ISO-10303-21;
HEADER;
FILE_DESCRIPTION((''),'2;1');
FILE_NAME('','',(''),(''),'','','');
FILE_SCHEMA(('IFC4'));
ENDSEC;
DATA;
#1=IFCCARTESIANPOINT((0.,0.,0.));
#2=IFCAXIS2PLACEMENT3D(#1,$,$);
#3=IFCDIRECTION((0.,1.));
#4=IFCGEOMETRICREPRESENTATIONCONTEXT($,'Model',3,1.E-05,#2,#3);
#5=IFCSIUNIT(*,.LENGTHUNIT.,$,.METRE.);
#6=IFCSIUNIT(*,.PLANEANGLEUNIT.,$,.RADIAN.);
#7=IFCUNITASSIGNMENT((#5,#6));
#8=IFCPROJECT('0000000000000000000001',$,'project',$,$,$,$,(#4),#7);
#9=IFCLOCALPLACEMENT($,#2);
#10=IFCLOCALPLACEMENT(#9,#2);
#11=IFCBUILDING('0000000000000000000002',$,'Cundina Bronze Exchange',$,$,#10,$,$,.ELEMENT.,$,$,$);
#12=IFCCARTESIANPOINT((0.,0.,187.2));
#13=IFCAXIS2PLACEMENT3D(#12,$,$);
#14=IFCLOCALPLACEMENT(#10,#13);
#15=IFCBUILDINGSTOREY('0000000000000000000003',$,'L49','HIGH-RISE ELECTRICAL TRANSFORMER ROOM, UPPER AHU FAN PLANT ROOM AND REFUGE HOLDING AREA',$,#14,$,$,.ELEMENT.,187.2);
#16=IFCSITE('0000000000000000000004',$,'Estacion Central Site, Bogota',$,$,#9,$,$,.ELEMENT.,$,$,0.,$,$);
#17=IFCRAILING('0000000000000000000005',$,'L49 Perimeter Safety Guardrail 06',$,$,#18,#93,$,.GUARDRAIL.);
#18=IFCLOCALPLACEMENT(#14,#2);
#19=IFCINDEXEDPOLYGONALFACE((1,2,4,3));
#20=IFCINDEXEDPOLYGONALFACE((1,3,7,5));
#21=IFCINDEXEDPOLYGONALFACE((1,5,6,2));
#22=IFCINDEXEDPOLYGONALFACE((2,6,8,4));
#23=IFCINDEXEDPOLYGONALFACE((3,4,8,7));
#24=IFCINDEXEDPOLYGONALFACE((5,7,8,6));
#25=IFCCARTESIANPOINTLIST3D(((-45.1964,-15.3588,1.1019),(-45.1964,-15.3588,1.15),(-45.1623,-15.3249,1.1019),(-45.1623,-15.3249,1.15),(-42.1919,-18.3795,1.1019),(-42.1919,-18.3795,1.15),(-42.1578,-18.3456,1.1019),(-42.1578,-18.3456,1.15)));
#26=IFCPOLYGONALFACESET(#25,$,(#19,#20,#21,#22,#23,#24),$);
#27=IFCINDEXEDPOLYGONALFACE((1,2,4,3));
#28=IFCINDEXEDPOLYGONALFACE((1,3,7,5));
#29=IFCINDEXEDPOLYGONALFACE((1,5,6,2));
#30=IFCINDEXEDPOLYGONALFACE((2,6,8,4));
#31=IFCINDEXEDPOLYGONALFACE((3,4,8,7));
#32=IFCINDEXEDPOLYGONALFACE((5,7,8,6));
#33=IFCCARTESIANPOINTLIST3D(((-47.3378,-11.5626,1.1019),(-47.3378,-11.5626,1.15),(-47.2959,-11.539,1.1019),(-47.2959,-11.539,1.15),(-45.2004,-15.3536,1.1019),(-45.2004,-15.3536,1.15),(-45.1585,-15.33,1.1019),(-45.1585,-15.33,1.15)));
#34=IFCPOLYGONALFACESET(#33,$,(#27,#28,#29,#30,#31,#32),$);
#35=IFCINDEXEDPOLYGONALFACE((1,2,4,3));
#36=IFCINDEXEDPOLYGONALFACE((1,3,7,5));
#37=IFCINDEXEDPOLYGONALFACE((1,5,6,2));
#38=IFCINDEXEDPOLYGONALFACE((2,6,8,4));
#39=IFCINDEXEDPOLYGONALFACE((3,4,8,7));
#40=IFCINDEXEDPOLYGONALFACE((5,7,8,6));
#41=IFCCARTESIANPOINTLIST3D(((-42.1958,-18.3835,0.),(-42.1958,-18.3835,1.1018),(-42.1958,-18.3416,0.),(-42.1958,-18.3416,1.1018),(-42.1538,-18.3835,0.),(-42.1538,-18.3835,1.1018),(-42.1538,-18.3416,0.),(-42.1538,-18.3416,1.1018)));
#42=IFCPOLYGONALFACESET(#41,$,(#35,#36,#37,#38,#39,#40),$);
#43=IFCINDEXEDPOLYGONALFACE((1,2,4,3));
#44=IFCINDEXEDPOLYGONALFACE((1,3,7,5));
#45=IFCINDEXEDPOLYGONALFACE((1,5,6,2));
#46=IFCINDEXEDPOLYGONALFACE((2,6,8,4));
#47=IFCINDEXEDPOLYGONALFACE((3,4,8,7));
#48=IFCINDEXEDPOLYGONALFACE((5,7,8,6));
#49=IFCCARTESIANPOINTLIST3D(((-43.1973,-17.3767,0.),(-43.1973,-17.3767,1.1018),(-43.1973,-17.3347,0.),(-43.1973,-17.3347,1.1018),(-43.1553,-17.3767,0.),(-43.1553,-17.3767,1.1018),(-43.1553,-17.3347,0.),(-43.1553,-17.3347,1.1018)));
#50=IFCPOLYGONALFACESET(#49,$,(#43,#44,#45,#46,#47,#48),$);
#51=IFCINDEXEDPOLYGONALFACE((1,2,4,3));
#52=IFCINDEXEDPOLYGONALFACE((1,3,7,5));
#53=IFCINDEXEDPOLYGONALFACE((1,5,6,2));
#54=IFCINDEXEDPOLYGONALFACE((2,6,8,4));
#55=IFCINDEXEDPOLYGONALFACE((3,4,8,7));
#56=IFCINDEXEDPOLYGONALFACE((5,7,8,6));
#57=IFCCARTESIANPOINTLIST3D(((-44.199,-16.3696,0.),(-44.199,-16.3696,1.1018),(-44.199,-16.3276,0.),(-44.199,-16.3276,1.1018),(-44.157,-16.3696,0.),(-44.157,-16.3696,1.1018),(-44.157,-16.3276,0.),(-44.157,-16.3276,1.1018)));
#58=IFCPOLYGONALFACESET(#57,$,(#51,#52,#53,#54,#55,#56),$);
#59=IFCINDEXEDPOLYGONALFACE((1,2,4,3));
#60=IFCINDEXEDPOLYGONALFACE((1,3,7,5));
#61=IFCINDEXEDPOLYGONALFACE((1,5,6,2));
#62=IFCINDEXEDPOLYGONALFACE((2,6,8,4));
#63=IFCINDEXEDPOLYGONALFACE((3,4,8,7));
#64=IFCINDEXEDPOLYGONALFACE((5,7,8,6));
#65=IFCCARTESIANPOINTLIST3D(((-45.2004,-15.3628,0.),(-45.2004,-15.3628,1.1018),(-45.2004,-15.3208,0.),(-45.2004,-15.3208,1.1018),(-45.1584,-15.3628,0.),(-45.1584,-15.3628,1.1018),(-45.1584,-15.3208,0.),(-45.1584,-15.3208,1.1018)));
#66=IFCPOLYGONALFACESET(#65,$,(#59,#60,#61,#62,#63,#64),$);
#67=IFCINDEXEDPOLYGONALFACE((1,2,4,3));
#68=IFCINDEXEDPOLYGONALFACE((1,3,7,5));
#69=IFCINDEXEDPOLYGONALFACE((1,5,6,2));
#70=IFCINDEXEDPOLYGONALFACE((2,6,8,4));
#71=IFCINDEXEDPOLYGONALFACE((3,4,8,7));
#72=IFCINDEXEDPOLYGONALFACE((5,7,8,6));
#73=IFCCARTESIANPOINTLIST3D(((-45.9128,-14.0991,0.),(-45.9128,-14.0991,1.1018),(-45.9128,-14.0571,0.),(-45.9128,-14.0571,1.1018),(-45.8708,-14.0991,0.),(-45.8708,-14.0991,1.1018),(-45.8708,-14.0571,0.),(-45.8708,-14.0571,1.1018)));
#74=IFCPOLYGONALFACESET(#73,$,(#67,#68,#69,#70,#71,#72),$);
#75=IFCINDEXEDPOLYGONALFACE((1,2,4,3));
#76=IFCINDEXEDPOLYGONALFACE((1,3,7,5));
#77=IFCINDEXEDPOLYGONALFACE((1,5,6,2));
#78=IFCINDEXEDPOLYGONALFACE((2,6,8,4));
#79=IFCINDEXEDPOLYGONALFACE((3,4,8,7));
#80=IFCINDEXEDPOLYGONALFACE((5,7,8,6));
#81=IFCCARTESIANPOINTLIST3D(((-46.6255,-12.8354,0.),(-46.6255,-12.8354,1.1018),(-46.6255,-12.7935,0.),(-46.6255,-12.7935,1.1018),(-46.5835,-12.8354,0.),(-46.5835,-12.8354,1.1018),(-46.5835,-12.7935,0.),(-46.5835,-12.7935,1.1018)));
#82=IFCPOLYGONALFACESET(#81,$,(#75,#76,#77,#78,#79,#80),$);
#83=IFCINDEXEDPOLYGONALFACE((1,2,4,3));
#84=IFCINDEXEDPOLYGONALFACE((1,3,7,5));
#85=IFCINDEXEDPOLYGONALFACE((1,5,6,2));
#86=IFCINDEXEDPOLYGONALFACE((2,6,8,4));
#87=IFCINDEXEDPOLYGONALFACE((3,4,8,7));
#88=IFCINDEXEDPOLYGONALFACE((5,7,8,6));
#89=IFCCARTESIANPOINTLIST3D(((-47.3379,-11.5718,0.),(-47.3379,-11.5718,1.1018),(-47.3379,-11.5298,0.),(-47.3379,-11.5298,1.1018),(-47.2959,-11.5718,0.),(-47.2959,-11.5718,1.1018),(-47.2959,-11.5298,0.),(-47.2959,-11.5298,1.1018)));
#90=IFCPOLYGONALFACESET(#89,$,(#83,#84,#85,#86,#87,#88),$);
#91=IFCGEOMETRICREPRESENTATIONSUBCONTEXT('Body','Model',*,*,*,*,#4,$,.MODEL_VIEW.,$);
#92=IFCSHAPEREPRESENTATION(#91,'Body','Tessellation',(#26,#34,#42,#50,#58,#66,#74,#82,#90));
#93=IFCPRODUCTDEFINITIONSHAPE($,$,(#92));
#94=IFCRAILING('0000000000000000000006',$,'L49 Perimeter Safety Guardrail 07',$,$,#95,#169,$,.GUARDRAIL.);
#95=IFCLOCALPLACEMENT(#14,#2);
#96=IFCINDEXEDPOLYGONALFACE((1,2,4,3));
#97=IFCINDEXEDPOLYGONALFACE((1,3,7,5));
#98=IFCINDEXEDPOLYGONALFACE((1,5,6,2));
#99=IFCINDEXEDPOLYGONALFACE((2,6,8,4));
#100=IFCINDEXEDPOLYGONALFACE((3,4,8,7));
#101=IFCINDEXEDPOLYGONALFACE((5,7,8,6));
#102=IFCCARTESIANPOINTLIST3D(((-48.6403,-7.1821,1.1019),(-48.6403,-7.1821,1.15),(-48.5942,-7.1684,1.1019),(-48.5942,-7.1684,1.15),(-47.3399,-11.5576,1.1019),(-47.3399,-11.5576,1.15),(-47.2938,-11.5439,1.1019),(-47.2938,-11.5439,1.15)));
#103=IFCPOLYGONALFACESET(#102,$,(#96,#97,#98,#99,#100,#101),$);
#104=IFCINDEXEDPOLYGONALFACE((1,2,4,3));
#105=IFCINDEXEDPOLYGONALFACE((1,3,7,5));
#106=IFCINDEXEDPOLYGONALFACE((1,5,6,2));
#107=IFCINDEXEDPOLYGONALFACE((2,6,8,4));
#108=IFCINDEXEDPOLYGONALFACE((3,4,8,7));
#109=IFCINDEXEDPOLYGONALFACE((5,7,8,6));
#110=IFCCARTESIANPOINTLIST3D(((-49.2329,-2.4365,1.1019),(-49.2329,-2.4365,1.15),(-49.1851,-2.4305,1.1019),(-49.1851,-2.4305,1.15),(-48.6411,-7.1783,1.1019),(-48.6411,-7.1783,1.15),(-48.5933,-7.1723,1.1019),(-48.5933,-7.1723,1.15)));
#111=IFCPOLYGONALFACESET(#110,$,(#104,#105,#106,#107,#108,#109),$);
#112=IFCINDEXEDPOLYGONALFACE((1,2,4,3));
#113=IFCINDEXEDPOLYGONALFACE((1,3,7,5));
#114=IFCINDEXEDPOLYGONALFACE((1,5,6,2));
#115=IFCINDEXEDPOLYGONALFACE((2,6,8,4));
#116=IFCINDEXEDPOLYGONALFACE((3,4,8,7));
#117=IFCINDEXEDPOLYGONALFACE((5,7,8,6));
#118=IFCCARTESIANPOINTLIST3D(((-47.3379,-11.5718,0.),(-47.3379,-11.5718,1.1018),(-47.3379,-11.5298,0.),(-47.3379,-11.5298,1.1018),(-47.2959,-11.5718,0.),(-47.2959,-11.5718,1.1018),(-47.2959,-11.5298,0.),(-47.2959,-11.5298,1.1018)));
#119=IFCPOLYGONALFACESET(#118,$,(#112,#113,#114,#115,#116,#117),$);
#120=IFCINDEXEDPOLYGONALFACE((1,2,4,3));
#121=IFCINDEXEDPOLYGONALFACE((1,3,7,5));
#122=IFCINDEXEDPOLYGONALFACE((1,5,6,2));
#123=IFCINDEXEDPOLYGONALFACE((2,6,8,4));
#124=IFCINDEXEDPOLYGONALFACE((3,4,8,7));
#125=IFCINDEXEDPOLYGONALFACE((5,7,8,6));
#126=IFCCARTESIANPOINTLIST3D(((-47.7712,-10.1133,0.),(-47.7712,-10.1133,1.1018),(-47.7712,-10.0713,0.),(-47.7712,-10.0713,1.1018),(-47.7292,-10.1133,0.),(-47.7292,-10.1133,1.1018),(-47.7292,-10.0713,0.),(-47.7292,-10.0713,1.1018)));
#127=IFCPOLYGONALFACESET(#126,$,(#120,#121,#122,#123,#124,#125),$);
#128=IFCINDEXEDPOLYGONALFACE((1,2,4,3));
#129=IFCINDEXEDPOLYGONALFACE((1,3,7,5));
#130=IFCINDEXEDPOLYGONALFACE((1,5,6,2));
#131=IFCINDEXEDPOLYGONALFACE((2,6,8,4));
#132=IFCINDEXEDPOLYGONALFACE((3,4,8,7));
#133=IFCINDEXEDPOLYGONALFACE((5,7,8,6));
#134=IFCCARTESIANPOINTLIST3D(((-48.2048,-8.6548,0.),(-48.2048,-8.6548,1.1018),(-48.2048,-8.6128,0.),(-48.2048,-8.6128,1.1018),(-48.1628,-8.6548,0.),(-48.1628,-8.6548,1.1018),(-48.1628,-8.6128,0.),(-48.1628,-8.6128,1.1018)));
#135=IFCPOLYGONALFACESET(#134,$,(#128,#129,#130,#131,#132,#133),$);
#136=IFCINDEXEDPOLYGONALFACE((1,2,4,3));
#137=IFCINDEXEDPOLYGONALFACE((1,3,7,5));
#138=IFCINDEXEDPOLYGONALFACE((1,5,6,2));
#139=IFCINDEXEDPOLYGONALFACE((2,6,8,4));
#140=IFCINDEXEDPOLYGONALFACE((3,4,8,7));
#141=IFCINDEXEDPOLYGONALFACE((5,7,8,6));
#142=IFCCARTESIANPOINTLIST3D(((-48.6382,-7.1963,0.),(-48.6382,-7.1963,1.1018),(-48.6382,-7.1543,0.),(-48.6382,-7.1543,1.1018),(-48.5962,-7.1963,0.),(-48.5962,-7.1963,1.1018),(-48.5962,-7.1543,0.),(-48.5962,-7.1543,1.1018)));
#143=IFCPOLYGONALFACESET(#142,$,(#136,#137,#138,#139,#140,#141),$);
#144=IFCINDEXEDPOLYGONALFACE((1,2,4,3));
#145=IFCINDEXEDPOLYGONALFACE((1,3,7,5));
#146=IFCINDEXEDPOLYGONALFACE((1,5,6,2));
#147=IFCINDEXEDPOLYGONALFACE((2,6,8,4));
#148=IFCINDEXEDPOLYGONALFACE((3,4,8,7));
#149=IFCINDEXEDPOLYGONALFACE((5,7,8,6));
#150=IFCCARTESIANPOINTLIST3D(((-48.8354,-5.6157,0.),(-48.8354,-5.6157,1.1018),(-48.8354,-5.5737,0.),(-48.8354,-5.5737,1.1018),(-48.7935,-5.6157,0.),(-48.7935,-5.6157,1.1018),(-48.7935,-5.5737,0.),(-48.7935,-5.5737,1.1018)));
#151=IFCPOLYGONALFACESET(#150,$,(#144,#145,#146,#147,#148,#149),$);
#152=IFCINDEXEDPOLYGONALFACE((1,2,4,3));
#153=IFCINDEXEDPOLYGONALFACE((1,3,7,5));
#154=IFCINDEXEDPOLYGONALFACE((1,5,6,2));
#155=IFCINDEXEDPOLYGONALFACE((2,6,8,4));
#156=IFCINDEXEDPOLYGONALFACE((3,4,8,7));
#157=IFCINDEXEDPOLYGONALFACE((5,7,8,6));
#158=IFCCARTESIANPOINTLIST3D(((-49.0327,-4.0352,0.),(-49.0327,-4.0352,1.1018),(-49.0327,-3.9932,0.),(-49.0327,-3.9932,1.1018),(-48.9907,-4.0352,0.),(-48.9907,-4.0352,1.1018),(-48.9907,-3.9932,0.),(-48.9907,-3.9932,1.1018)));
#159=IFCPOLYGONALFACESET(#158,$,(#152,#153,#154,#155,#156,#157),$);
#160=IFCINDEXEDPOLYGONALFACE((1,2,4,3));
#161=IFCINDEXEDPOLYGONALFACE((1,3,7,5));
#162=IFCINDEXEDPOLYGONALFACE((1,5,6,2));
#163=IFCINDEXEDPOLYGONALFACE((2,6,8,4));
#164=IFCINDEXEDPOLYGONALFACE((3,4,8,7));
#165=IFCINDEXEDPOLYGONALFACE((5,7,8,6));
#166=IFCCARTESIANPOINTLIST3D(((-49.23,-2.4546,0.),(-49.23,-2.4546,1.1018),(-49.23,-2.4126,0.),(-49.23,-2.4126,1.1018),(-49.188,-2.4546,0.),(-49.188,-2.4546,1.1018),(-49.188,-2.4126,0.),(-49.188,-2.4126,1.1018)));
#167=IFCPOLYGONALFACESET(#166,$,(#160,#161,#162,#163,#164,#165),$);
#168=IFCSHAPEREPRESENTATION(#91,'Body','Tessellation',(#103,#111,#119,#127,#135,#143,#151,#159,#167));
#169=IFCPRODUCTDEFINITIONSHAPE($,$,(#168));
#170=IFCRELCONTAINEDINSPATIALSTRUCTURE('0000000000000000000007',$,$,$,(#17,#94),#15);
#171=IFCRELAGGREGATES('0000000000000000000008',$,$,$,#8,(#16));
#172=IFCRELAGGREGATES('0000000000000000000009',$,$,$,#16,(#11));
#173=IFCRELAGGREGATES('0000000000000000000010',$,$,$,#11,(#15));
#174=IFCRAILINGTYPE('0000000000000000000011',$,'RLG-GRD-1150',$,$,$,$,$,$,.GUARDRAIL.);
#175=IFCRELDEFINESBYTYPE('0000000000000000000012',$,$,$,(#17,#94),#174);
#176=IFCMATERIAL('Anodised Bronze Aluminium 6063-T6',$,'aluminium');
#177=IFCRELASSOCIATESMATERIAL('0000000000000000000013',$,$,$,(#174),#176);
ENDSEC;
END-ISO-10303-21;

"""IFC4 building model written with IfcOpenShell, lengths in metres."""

from ifc_helpers import new_model, si_unit, direction, frame, origin, origin_2d, place, context, subcontext, project, spatial, rectangle, extrude, material, type_object, element, save


model = new_model("IFC4")

# Units and contexts
model_context = context("Model", 3, precision=1e-05, world=origin(), true_north=direction((0.0, 1.0)))
body_context = subcontext(model_context, "Body", "Model", "MODEL_VIEW")
ifc_project = project(units=[si_unit("LENGTHUNIT", "METRE"), si_unit("PLANEANGLEUNIT", "RADIAN")], contexts=[model_context])

# Site, building, storey
site_placement = place(None, origin())
site = spatial("IfcSite", under=ifc_project, at=site_placement, Name="Estacion Central Site, Bogota", CompositionType="ELEMENT", RefElevation=0.0)
building_placement = place(site_placement, origin())
building = spatial("IfcBuilding", under=site, at=building_placement, Name="Cundina Bronze Exchange", CompositionType="ELEMENT")
storey_placement = place(building_placement, frame((0.0, 0.0, 187.2)))
storey = spatial("IfcBuildingStorey", under=building, at=storey_placement, Name="L49", Description="HIGH-RISE ELECTRICAL TRANSFORMER ROOM, UPPER AHU FAN PLANT ROOM AND REFUGE HOLDING AREA", CompositionType="ELEMENT", Elevation=187.2)

# Shared definitions
ifc_material_1 = material(Name="Anodised Bronze Aluminium 6063-T6", Category="aluminium")

# Railings
railing_type = type_object("IfcRailingType", Name="RLG-GRD-1150", PredefinedType="GUARDRAIL", material=ifc_material_1)
railing_1_placement = place(storey_placement, frame((-42.1748, -18.3625, 0.0)))
element("IfcRailing", 1, at=railing_1_placement, inside=storey, type_object=railing_type, Name="L49 Perimeter Safety Guardrail 06", PredefinedType="GUARDRAIL", context=body_context, shape_type="SweptSolid", body=[
    extrude(rectangle(XDim=0.0481, YDim=0.0481, at=origin_2d()), frame((0.0, 0.0, 1.126), z_axis=(-0.705213, 0.708995, 0.0), x_axis=(-0.708995, -0.705213, 0.0)), (0.0, 0.0, 1.0), 4.2605),
    extrude(rectangle(XDim=0.0481, YDim=0.0481, at=origin_2d()), frame((-3.0046, 3.0208, 1.126), z_axis=(-0.491135, 0.871084, 0.0), x_axis=(-0.871084, -0.491135, 0.0)), (0.0, 0.0, 1.0), 4.3521),
    extrude(rectangle(XDim=0.042, YDim=0.042, at=origin_2d()), origin(), (0.0, 0.0, 1.0), 1.1018),
    extrude(rectangle(XDim=0.042, YDim=0.042, at=origin_2d()), frame((-1.0015, 1.0068, 0.0)), (0.0, 0.0, 1.0), 1.1018),
    extrude(rectangle(XDim=0.042, YDim=0.042, at=origin_2d()), frame((-2.0032, 2.0139, 0.0)), (0.0, 0.0, 1.0), 1.1018),
    extrude(rectangle(XDim=0.042, YDim=0.042, at=origin_2d()), frame((-3.0046, 3.0208, 0.0)), (0.0, 0.0, 1.0), 1.1018),
    extrude(rectangle(XDim=0.042, YDim=0.042, at=origin_2d()), frame((-3.717, 4.2844, 0.0)), (0.0, 0.0, 1.0), 1.1018),
    extrude(rectangle(XDim=0.042, YDim=0.042, at=origin_2d()), frame((-4.4297, 5.5481, 0.0)), (0.0, 0.0, 1.0), 1.1018),
    extrude(rectangle(XDim=0.042, YDim=0.042, at=origin_2d()), frame((-5.1421, 6.8118, 0.0)), (0.0, 0.0, 1.0), 1.1018),
])
railing_2_placement = place(storey_placement, frame((-47.3169, -11.5508, 0.0)))
element("IfcRailing", 2, at=railing_2_placement, inside=storey, type_object=railing_type, Name="L49 Perimeter Safety Guardrail 07", PredefinedType="GUARDRAIL", context=body_context, shape_type="SweptSolid", body=[
    extrude(rectangle(XDim=0.0481, YDim=0.0481, at=origin_2d()), frame((0.0, 0.0, 1.126), z_axis=(-0.284864, 0.958568, 0.0), x_axis=(-0.958568, -0.284864, 0.0)), (0.0, 0.0, 1.0), 4.5647),
    extrude(rectangle(XDim=0.0481, YDim=0.0481, at=origin_2d()), frame((-1.3003, 4.3755, 1.126), z_axis=(-0.123846, 0.992301, 0.0), x_axis=(-0.992301, -0.123846, 0.0)), (0.0, 0.0, 1.0), 4.7786),
    extrude(rectangle(XDim=0.042, YDim=0.042, at=origin_2d()), origin(), (0.0, 0.0, 1.0), 1.1018),
    extrude(rectangle(XDim=0.042, YDim=0.042, at=origin_2d()), frame((-0.4333, 1.4585, 0.0)), (0.0, 0.0, 1.0), 1.1018),
    extrude(rectangle(XDim=0.042, YDim=0.042, at=origin_2d()), frame((-0.8669, 2.917, 0.0)), (0.0, 0.0, 1.0), 1.1018),
    extrude(rectangle(XDim=0.042, YDim=0.042, at=origin_2d()), frame((-1.3003, 4.3755, 0.0)), (0.0, 0.0, 1.0), 1.1018),
    extrude(rectangle(XDim=0.042, YDim=0.042, at=origin_2d()), frame((-1.4976, 5.9561, 0.0)), (0.0, 0.0, 1.0), 1.1018),
    extrude(rectangle(XDim=0.042, YDim=0.042, at=origin_2d()), frame((-1.6948, 7.5366, 0.0)), (0.0, 0.0, 1.0), 1.1018),
    extrude(rectangle(XDim=0.042, YDim=0.042, at=origin_2d()), frame((-1.8921, 9.1172, 0.0)), (0.0, 0.0, 1.0), 1.1018),
])

save(model, "model.ifc")
